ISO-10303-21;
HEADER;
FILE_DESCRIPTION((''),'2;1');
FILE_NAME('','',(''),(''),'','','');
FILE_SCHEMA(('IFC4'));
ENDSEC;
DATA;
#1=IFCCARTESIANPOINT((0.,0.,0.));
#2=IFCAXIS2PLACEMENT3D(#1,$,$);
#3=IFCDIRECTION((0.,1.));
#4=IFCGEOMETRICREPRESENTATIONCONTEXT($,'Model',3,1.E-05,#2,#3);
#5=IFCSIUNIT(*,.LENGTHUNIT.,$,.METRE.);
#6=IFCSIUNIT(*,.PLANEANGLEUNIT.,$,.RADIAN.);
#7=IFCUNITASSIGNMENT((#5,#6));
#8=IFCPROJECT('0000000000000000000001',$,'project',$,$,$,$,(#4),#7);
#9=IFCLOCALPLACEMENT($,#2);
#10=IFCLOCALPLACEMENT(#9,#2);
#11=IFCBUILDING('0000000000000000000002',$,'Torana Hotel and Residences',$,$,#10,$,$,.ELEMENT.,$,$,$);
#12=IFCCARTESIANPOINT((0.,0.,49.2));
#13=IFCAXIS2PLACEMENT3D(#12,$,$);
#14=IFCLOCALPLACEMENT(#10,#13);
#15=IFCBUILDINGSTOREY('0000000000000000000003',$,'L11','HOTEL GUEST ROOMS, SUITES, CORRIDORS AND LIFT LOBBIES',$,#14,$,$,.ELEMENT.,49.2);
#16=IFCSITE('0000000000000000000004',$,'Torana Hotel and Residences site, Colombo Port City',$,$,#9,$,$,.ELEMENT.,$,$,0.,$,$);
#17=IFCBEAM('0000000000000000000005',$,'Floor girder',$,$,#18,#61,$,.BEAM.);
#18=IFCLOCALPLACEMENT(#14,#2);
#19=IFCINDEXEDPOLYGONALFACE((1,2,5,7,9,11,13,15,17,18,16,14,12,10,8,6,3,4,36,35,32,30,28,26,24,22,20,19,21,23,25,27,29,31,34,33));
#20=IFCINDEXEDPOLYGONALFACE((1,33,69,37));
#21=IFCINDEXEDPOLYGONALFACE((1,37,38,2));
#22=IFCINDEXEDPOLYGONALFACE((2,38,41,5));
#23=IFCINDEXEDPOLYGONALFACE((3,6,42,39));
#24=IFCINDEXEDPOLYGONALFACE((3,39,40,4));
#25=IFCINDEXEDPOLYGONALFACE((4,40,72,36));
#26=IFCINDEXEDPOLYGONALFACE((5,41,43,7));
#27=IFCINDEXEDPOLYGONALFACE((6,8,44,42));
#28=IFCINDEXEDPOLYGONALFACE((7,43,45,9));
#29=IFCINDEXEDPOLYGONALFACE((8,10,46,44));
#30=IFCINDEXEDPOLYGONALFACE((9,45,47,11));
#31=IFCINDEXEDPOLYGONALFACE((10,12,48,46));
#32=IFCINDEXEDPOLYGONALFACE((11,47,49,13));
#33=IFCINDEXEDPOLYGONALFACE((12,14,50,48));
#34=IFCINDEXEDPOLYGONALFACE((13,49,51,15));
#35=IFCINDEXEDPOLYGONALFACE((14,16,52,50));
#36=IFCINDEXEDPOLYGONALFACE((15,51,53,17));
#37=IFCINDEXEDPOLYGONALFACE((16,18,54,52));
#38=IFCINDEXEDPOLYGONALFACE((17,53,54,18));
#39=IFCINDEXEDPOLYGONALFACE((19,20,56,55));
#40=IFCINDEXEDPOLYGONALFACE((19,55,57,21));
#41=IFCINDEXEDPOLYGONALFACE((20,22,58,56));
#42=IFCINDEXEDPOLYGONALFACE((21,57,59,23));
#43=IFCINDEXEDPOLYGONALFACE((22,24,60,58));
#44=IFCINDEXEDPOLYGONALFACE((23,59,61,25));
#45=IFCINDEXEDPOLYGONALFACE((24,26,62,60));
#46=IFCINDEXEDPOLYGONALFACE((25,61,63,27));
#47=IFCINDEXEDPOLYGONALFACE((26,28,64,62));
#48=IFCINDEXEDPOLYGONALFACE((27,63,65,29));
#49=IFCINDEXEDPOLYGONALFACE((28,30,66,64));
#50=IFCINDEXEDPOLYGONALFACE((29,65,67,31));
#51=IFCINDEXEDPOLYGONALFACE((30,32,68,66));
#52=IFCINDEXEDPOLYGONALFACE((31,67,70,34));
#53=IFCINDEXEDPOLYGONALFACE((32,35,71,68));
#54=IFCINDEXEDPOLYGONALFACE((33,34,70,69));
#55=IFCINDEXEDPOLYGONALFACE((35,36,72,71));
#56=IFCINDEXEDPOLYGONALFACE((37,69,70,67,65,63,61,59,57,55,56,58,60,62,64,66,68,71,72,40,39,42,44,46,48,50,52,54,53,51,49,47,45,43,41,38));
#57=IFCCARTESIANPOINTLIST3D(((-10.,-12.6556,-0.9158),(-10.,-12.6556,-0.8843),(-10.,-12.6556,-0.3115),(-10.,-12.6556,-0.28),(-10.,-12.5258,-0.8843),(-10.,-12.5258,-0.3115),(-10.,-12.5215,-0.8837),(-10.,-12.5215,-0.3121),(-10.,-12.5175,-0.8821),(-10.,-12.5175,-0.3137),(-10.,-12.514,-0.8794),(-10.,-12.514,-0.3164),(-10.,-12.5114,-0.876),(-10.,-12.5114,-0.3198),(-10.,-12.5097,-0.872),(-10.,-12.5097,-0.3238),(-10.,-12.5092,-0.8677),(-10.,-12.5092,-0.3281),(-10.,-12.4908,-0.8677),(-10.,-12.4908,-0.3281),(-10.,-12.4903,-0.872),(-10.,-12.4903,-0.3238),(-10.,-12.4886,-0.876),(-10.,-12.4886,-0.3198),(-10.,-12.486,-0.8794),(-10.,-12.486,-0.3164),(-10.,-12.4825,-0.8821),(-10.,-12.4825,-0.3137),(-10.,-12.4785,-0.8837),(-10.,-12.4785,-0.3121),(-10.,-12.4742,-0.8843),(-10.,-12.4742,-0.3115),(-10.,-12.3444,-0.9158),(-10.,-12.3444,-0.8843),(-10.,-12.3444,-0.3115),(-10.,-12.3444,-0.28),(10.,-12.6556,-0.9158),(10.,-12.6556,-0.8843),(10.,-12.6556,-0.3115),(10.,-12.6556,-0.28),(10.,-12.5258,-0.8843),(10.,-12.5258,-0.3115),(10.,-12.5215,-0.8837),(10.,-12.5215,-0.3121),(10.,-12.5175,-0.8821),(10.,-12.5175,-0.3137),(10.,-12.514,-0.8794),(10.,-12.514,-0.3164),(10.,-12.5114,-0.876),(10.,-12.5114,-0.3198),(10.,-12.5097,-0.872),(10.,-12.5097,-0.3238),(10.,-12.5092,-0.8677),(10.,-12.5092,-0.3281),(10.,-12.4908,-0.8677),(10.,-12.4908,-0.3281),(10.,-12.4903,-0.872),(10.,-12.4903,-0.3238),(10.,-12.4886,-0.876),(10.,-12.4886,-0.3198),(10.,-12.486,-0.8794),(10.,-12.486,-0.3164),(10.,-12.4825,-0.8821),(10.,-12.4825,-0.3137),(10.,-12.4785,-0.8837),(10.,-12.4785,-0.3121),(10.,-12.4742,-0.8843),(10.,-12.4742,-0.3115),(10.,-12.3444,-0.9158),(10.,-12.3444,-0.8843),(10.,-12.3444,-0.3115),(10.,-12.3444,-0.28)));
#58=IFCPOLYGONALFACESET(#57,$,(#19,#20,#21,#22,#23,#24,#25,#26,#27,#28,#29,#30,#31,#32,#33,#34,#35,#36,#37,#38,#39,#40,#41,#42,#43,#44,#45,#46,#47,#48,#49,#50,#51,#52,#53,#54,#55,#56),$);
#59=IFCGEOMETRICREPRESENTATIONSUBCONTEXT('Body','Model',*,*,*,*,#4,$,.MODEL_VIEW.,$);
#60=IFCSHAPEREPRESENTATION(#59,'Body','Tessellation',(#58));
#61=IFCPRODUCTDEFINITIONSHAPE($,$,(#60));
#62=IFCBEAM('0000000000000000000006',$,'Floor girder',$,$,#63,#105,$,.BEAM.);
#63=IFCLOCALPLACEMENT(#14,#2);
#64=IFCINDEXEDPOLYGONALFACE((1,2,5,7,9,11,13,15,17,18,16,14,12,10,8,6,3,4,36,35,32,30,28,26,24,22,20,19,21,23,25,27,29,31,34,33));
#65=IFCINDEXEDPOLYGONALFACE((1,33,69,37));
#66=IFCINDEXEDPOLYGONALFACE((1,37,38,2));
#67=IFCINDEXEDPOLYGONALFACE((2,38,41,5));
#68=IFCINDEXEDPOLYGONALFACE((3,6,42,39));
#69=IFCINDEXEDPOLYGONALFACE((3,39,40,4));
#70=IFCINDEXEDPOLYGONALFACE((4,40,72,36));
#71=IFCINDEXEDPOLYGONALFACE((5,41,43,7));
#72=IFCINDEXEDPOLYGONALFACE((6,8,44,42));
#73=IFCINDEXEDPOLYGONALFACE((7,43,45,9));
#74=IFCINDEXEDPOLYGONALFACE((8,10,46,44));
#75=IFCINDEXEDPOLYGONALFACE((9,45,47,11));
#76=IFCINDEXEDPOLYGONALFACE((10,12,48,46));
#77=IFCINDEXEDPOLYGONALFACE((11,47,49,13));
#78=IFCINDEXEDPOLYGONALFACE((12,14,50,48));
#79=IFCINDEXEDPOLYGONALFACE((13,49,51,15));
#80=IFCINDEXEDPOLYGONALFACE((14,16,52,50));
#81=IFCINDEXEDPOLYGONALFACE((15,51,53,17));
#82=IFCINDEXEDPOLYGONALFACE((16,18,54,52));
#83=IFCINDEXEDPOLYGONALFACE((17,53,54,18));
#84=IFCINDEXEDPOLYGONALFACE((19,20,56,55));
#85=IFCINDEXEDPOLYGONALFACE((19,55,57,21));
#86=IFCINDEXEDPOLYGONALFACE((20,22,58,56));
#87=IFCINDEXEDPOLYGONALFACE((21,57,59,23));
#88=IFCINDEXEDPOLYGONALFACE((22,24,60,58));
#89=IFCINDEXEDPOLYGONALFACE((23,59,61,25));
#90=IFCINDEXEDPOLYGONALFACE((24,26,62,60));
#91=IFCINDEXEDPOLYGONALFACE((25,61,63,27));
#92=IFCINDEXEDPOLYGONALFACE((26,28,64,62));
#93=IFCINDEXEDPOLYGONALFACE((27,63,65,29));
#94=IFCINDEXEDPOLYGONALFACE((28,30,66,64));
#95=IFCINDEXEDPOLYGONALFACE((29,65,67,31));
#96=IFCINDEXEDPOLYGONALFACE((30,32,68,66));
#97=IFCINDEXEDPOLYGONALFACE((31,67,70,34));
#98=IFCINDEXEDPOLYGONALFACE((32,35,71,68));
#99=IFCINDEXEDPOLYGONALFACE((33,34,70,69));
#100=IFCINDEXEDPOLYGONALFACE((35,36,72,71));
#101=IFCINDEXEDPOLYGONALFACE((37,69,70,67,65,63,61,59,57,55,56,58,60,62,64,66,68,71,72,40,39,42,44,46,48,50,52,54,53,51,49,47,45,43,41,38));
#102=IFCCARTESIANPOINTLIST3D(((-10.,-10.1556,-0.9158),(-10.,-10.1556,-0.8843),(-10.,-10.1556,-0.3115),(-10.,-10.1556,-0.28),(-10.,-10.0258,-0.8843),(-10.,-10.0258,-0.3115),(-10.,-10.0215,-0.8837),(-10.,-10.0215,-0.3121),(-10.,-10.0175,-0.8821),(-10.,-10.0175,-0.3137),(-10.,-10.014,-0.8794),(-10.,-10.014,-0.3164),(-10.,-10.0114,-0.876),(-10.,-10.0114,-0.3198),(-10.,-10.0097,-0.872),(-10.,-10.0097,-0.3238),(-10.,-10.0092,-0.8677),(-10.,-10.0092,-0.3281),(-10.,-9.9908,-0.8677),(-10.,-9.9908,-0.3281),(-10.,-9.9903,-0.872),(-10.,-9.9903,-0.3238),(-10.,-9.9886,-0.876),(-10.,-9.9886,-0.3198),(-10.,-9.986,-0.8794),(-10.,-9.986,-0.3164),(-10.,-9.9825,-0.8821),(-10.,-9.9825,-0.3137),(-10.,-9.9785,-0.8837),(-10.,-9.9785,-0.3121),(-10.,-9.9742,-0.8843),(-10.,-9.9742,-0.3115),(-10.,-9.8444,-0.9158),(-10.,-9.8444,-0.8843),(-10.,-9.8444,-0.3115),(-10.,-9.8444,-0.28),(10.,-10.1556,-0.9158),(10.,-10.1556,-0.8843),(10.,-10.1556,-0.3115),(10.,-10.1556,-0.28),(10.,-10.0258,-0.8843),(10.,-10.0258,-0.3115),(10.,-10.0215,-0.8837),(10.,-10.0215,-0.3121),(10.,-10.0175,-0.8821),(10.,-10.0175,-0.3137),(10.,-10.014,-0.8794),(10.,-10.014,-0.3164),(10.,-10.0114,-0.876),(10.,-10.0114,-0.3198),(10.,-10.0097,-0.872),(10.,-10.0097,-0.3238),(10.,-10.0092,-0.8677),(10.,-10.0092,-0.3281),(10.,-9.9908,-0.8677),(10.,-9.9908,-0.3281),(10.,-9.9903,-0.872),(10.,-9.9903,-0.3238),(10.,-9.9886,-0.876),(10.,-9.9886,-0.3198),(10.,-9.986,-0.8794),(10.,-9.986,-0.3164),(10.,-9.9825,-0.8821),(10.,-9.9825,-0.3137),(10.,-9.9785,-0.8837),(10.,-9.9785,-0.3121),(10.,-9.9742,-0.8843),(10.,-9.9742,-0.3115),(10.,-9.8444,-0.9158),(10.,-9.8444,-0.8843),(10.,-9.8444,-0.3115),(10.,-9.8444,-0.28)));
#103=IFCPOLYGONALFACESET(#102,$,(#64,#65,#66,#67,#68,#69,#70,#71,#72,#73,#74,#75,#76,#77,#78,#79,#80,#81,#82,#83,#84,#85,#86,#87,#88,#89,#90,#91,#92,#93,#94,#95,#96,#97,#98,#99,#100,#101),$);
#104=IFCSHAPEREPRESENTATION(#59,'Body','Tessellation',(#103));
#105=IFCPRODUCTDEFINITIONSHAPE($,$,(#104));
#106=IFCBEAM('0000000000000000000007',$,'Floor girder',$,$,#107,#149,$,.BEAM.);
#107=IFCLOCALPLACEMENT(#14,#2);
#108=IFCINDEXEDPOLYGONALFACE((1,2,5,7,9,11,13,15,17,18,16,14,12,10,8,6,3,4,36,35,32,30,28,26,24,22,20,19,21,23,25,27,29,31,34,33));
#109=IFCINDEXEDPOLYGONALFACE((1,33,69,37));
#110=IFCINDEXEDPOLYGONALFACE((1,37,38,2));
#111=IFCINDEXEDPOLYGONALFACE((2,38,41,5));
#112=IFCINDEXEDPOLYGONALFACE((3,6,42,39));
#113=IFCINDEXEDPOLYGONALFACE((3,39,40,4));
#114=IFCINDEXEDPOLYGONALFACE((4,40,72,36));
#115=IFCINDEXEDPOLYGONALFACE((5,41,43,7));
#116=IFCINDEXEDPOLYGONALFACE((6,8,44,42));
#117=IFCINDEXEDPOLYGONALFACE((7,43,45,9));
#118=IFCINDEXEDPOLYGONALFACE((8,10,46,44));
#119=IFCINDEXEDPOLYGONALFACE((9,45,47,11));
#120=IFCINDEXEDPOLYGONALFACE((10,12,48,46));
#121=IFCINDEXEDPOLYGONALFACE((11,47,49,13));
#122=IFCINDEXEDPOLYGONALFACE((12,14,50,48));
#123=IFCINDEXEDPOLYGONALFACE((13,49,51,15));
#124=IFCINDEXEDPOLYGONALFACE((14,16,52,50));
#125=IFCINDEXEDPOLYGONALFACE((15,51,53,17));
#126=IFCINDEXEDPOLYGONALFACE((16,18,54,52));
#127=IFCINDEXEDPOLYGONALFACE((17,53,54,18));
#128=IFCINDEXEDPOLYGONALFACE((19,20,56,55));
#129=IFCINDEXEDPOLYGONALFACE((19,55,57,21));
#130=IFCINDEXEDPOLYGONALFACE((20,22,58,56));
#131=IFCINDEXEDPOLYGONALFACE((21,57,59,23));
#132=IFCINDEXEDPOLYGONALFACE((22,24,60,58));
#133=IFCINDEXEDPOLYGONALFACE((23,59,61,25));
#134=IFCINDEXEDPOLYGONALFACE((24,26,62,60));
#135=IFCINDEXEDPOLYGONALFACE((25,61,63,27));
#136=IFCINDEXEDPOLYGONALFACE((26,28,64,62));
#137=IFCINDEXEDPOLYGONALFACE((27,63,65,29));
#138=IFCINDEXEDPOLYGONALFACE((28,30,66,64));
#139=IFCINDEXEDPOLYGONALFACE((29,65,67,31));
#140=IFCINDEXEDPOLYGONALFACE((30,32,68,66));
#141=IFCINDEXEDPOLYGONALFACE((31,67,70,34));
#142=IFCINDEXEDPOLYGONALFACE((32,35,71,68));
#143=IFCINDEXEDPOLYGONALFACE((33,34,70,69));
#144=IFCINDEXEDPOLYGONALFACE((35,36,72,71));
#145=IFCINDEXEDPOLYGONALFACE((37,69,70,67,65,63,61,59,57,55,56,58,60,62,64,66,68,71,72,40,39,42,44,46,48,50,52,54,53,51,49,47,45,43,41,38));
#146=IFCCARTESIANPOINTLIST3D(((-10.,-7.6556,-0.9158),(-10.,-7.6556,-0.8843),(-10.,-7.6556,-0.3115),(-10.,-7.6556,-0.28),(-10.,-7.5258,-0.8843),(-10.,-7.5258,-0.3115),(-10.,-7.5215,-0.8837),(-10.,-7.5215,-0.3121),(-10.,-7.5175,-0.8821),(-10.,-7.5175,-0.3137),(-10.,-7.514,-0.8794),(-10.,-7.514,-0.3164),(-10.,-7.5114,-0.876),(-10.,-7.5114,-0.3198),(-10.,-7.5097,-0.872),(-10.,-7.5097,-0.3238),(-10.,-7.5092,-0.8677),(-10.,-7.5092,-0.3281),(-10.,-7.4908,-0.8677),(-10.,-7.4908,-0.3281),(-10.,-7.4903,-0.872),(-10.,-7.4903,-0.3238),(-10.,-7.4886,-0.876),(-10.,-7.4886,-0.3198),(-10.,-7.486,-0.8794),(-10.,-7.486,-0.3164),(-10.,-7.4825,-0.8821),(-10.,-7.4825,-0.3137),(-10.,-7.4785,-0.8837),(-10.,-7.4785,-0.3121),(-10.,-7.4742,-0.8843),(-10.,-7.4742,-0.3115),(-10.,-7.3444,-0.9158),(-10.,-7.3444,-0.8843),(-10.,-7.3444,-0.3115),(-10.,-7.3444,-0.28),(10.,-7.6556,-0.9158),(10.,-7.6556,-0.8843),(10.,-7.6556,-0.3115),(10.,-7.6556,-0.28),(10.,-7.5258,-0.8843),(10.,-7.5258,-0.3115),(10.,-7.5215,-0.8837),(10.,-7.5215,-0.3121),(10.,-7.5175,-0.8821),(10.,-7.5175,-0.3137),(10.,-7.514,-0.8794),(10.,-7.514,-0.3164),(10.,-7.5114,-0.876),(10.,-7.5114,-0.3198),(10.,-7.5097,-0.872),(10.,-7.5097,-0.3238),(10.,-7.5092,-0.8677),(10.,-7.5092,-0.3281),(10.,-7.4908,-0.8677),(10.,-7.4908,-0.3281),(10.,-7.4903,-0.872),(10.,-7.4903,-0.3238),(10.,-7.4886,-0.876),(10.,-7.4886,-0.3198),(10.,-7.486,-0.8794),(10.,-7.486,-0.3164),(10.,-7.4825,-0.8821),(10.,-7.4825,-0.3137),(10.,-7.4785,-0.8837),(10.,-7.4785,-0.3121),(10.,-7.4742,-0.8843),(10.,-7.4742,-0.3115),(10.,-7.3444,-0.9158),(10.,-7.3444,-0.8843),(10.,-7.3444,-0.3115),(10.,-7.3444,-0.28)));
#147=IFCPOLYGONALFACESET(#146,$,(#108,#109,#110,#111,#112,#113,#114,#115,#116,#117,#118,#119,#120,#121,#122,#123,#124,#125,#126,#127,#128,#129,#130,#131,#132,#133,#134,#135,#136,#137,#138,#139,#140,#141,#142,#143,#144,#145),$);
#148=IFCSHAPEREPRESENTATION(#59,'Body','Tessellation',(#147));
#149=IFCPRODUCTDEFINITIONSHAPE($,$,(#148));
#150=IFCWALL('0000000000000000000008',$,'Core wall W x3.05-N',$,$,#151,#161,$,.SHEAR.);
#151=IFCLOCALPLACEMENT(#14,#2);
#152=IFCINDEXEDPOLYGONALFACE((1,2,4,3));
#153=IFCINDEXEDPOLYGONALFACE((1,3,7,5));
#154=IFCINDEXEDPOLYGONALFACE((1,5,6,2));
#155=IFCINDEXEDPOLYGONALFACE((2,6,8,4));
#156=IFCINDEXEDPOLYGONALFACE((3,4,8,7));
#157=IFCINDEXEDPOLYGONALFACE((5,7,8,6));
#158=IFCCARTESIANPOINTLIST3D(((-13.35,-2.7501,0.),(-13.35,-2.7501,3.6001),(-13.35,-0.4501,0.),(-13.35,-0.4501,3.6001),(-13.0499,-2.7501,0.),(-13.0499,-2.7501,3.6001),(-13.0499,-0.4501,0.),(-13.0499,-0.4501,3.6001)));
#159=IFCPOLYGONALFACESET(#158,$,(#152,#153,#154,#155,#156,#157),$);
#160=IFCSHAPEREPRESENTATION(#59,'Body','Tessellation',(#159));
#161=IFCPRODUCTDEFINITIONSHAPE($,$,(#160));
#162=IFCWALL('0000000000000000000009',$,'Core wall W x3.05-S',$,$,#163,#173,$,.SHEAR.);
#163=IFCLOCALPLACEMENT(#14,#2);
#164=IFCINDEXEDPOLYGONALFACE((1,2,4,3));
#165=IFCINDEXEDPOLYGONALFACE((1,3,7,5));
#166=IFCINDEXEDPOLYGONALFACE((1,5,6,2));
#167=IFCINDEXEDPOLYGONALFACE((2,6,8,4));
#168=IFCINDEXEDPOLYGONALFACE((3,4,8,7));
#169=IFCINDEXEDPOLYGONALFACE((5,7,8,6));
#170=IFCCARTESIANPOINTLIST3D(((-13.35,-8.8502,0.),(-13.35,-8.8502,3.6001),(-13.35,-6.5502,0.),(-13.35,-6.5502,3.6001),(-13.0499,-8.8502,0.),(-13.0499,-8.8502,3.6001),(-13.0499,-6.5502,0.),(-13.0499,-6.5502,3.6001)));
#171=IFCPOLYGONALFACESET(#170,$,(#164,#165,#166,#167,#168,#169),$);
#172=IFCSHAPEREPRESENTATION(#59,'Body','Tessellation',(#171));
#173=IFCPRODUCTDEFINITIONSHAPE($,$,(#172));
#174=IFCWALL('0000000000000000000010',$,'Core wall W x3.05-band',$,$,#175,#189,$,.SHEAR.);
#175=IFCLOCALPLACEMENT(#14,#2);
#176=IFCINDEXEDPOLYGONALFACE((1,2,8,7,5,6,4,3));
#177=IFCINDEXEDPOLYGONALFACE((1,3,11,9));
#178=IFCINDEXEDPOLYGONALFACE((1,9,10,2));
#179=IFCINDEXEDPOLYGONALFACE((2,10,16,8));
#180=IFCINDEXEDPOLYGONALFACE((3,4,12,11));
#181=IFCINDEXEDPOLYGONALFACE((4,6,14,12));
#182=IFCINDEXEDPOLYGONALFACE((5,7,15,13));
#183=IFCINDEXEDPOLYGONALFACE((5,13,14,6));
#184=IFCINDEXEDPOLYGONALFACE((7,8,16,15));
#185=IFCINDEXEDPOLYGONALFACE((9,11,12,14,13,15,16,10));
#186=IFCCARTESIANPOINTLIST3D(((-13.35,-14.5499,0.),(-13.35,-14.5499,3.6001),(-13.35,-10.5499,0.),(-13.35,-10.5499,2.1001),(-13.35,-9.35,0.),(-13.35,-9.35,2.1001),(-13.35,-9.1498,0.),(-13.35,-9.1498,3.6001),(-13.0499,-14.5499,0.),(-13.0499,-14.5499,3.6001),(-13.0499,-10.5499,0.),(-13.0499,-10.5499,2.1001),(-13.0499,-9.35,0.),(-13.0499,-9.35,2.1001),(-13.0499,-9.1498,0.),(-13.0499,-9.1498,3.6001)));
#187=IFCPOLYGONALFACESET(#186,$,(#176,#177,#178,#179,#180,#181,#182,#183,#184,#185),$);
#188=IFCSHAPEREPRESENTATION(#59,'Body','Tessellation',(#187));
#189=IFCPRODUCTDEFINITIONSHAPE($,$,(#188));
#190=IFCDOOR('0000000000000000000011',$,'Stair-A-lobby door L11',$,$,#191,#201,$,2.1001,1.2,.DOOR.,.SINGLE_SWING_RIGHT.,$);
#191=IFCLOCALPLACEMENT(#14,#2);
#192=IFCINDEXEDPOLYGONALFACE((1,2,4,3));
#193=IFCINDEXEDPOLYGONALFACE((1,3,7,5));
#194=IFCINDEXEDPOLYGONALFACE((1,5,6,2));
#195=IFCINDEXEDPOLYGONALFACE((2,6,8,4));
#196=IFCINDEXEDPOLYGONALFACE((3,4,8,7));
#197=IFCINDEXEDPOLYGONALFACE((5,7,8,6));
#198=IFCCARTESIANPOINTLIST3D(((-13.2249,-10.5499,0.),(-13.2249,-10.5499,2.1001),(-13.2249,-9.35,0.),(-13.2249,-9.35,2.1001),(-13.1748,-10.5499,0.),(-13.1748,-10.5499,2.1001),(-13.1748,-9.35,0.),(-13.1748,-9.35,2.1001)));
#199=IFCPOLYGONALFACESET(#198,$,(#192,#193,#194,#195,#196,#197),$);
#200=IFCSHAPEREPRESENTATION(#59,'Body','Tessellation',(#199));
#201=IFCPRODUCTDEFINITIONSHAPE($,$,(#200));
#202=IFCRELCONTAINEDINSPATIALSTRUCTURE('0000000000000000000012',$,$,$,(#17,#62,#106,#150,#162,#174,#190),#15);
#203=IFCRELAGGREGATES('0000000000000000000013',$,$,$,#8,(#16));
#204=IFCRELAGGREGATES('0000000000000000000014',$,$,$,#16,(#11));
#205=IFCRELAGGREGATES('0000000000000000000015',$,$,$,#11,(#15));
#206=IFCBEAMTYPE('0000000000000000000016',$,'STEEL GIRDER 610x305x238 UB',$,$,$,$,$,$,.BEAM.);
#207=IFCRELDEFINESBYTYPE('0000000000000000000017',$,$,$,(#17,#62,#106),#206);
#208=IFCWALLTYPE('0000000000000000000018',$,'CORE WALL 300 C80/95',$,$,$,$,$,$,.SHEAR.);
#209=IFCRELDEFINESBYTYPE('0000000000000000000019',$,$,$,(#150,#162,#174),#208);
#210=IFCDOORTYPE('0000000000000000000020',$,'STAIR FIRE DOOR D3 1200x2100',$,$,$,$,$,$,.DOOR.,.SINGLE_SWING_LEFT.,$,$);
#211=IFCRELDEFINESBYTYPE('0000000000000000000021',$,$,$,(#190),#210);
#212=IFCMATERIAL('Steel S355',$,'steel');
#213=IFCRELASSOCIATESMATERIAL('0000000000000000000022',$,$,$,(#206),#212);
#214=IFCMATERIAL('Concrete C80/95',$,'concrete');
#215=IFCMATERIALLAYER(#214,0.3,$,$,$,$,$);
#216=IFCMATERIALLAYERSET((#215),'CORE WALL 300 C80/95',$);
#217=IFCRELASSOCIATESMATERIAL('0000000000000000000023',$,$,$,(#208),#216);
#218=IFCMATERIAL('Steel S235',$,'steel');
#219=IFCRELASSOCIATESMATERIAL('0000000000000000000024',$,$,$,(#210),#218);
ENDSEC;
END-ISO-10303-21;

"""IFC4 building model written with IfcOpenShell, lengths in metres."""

from ifc_helpers import new_model, si_unit, direction, frame, frame_2d, origin, origin_2d, place, context, subcontext, project, spatial, rectangle, i_section, extrude, material, layer, layer_set, material_profile, profile_set, type_object, element, fill, save


model = new_model("IFC4")

# Units and contexts
model_context = context("Model", 3, precision=1e-05, world=origin(), true_north=direction((0.0, 1.0)))
body_context = subcontext(model_context, "Body", "Model", "MODEL_VIEW")
ifc_project = project(units=[si_unit("LENGTHUNIT", "METRE"), si_unit("PLANEANGLEUNIT", "RADIAN")], contexts=[model_context])

# Site, building, storey
site_placement = place(None, origin())
site = spatial("IfcSite", under=ifc_project, at=site_placement, Name="Torana Hotel and Residences site, Colombo Port City", CompositionType="ELEMENT", RefElevation=0.0)
building_placement = place(site_placement, origin())
building = spatial("IfcBuilding", under=site, at=building_placement, Name="Torana Hotel and Residences", CompositionType="ELEMENT")
storey_placement = place(building_placement, frame((0.0, 0.0, 49.2)))
storey = spatial("IfcBuildingStorey", under=building, at=storey_placement, Name="L11", Description="HOTEL GUEST ROOMS, SUITES, CORRIDORS AND LIFT LOBBIES", CompositionType="ELEMENT", Elevation=49.2)

# Beams
ifc_material_1 = material(Name="Steel S355", Category="steel")
ifc_material_profile = material_profile(ifc_material_1, i_section(OverallWidth=0.3113, OverallDepth=0.6357, WebThickness=0.0183, FlangeThickness=0.0315, FilletRadius=0.0166, at=origin_2d()), Name="610x305x238 UB")
ifc_profile_set = profile_set([ifc_material_profile], Name="Steel S355")
beam_type = type_object("IfcBeamType", Name="STEEL GIRDER 610x305x238 UB", PredefinedType="BEAM", material=ifc_profile_set)
for number, where, z_axis, x_axis, name in (
    (1, (-10.0, -12.5, -0.5979), (1.0, 0.0, 0.0), (0.0, 1.0, 0.0), "Floor girder"),
    (2, (-10.0, -10.0, -0.5979), (1.0, 0.0, 0.0), (0.0, 1.0, 0.0), "Floor girder"),
    (3, (-10.0, -7.5, -0.5979), (1.0, 0.0, 0.0), (0.0, 1.0, 0.0), "Floor girder"),
):
    element("IfcBeam", number, at=place(storey_placement, frame(where, z_axis=z_axis, x_axis=x_axis)), inside=storey, type_object=beam_type, Name=name, PredefinedType="BEAM", context=body_context, shape_type="SweptSolid", body=[
        extrude(i_section(OverallWidth=0.3113, OverallDepth=0.6357, WebThickness=0.0183, FlangeThickness=0.0315, FilletRadius=0.0166, at=origin_2d()), origin(), (0.0, 0.0, 1.0), 20.0),
    ])

# Walls
ifc_material_2 = material(Name="Concrete C80/95", Category="concrete")
ifc_layer_1 = layer(ifc_material_2, 0.3)
ifc_layer_set_1 = layer_set([ifc_layer_1], Name="CORE WALL 300 C80/95")
wall_type_1 = type_object("IfcWallType", Name="CORE WALL 300 C80/95", PredefinedType="SHEAR", material=ifc_layer_set_1)
for number, where, z_axis, x_axis, name in (
    (4, (-13.2, -2.75, 0.0), (0.0, 0.0, 1.0), (0.0, 1.0, 0.0), "Core wall W x3.05-N"),
    (5, (-13.2, -8.8501, 0.0), (0.0, 0.0, 1.0), (0.0, 1.0, 0.0), "Core wall W x3.05-S"),
):
    element("IfcWall", number, at=place(storey_placement, frame(where, z_axis=z_axis, x_axis=x_axis)), inside=storey, type_object=wall_type_1, Name=name, PredefinedType="SHEAR", context=body_context, shape_type="SweptSolid", body=[
        extrude(rectangle(XDim=2.3, YDim=0.3, at=frame_2d((1.1499, 0.0))), origin(), (0.0, 0.0, 1.0), 3.6001),
    ])

# Wall, opening, door
wall_1_placement = place(storey_placement, frame((-13.2, -14.55, 0.0), z_axis=(0.0, 0.0, 1.0), x_axis=(0.0, 1.0, 0.0)))
wall_1 = element("IfcWall", 6, at=wall_1_placement, inside=storey, type_object=wall_type_1, Name="Core wall W x3.05-band", PredefinedType="SHEAR", context=body_context, shape_type="SweptSolid", body=[
    extrude(rectangle(XDim=5.4001, YDim=0.3, at=frame_2d((2.7002, 0.0))), origin(), (0.0, 0.0, 1.0), 3.6001),
])
opening_1_placement = place(wall_1_placement, frame((4.0, 0.0, 0.0)))
opening_1 = element("IfcOpeningElement", 7, at=opening_1_placement, cuts=wall_1, PredefinedType="OPENING", context=body_context, shape_type="SweptSolid", body=[
    extrude(rectangle(XDim=1.2, YDim=2.1001, at=frame_2d((0.6001, 1.05))), frame((0.0, 0.1599, 0.0), z_axis=(0.0, -1.0, 0.0), x_axis=(1.0, 0.0, 0.0)), (0.0, 0.0, 1.0), 0.3201),
])
ifc_material_3 = material(Name="Steel S235", Category="steel")
door_type_1 = type_object("IfcDoorType", Name="STAIR FIRE DOOR D3 1200x2100", OperationType="SINGLE_SWING_LEFT", PredefinedType="DOOR", material=ifc_material_3)
door_1_placement = place(opening_1_placement, frame((0.6001, 0.0, 0.0), z_axis=(0.0, 0.0, 1.0), x_axis=(-1.0, 0.0, 0.0)))
door_1 = element("IfcDoor", 8, at=door_1_placement, inside=storey, type_object=door_type_1, Name="Stair-A-lobby door L11", OperationType="SINGLE_SWING_RIGHT", OverallHeight=2.1001, OverallWidth=1.2, PredefinedType="DOOR", context=body_context, shape_type="SweptSolid", body=[
    extrude(rectangle(XDim=1.2, YDim=2.1001, at=frame_2d((0.0, 1.05))), frame((0.0, -0.0249, 0.0), z_axis=(0.0, 1.0, 0.0), x_axis=(-1.0, 0.0, 0.0)), (0.0, 0.0, 1.0), 0.05),
])
fill(opening_1, door_1)

save(model, "model.ifc")
